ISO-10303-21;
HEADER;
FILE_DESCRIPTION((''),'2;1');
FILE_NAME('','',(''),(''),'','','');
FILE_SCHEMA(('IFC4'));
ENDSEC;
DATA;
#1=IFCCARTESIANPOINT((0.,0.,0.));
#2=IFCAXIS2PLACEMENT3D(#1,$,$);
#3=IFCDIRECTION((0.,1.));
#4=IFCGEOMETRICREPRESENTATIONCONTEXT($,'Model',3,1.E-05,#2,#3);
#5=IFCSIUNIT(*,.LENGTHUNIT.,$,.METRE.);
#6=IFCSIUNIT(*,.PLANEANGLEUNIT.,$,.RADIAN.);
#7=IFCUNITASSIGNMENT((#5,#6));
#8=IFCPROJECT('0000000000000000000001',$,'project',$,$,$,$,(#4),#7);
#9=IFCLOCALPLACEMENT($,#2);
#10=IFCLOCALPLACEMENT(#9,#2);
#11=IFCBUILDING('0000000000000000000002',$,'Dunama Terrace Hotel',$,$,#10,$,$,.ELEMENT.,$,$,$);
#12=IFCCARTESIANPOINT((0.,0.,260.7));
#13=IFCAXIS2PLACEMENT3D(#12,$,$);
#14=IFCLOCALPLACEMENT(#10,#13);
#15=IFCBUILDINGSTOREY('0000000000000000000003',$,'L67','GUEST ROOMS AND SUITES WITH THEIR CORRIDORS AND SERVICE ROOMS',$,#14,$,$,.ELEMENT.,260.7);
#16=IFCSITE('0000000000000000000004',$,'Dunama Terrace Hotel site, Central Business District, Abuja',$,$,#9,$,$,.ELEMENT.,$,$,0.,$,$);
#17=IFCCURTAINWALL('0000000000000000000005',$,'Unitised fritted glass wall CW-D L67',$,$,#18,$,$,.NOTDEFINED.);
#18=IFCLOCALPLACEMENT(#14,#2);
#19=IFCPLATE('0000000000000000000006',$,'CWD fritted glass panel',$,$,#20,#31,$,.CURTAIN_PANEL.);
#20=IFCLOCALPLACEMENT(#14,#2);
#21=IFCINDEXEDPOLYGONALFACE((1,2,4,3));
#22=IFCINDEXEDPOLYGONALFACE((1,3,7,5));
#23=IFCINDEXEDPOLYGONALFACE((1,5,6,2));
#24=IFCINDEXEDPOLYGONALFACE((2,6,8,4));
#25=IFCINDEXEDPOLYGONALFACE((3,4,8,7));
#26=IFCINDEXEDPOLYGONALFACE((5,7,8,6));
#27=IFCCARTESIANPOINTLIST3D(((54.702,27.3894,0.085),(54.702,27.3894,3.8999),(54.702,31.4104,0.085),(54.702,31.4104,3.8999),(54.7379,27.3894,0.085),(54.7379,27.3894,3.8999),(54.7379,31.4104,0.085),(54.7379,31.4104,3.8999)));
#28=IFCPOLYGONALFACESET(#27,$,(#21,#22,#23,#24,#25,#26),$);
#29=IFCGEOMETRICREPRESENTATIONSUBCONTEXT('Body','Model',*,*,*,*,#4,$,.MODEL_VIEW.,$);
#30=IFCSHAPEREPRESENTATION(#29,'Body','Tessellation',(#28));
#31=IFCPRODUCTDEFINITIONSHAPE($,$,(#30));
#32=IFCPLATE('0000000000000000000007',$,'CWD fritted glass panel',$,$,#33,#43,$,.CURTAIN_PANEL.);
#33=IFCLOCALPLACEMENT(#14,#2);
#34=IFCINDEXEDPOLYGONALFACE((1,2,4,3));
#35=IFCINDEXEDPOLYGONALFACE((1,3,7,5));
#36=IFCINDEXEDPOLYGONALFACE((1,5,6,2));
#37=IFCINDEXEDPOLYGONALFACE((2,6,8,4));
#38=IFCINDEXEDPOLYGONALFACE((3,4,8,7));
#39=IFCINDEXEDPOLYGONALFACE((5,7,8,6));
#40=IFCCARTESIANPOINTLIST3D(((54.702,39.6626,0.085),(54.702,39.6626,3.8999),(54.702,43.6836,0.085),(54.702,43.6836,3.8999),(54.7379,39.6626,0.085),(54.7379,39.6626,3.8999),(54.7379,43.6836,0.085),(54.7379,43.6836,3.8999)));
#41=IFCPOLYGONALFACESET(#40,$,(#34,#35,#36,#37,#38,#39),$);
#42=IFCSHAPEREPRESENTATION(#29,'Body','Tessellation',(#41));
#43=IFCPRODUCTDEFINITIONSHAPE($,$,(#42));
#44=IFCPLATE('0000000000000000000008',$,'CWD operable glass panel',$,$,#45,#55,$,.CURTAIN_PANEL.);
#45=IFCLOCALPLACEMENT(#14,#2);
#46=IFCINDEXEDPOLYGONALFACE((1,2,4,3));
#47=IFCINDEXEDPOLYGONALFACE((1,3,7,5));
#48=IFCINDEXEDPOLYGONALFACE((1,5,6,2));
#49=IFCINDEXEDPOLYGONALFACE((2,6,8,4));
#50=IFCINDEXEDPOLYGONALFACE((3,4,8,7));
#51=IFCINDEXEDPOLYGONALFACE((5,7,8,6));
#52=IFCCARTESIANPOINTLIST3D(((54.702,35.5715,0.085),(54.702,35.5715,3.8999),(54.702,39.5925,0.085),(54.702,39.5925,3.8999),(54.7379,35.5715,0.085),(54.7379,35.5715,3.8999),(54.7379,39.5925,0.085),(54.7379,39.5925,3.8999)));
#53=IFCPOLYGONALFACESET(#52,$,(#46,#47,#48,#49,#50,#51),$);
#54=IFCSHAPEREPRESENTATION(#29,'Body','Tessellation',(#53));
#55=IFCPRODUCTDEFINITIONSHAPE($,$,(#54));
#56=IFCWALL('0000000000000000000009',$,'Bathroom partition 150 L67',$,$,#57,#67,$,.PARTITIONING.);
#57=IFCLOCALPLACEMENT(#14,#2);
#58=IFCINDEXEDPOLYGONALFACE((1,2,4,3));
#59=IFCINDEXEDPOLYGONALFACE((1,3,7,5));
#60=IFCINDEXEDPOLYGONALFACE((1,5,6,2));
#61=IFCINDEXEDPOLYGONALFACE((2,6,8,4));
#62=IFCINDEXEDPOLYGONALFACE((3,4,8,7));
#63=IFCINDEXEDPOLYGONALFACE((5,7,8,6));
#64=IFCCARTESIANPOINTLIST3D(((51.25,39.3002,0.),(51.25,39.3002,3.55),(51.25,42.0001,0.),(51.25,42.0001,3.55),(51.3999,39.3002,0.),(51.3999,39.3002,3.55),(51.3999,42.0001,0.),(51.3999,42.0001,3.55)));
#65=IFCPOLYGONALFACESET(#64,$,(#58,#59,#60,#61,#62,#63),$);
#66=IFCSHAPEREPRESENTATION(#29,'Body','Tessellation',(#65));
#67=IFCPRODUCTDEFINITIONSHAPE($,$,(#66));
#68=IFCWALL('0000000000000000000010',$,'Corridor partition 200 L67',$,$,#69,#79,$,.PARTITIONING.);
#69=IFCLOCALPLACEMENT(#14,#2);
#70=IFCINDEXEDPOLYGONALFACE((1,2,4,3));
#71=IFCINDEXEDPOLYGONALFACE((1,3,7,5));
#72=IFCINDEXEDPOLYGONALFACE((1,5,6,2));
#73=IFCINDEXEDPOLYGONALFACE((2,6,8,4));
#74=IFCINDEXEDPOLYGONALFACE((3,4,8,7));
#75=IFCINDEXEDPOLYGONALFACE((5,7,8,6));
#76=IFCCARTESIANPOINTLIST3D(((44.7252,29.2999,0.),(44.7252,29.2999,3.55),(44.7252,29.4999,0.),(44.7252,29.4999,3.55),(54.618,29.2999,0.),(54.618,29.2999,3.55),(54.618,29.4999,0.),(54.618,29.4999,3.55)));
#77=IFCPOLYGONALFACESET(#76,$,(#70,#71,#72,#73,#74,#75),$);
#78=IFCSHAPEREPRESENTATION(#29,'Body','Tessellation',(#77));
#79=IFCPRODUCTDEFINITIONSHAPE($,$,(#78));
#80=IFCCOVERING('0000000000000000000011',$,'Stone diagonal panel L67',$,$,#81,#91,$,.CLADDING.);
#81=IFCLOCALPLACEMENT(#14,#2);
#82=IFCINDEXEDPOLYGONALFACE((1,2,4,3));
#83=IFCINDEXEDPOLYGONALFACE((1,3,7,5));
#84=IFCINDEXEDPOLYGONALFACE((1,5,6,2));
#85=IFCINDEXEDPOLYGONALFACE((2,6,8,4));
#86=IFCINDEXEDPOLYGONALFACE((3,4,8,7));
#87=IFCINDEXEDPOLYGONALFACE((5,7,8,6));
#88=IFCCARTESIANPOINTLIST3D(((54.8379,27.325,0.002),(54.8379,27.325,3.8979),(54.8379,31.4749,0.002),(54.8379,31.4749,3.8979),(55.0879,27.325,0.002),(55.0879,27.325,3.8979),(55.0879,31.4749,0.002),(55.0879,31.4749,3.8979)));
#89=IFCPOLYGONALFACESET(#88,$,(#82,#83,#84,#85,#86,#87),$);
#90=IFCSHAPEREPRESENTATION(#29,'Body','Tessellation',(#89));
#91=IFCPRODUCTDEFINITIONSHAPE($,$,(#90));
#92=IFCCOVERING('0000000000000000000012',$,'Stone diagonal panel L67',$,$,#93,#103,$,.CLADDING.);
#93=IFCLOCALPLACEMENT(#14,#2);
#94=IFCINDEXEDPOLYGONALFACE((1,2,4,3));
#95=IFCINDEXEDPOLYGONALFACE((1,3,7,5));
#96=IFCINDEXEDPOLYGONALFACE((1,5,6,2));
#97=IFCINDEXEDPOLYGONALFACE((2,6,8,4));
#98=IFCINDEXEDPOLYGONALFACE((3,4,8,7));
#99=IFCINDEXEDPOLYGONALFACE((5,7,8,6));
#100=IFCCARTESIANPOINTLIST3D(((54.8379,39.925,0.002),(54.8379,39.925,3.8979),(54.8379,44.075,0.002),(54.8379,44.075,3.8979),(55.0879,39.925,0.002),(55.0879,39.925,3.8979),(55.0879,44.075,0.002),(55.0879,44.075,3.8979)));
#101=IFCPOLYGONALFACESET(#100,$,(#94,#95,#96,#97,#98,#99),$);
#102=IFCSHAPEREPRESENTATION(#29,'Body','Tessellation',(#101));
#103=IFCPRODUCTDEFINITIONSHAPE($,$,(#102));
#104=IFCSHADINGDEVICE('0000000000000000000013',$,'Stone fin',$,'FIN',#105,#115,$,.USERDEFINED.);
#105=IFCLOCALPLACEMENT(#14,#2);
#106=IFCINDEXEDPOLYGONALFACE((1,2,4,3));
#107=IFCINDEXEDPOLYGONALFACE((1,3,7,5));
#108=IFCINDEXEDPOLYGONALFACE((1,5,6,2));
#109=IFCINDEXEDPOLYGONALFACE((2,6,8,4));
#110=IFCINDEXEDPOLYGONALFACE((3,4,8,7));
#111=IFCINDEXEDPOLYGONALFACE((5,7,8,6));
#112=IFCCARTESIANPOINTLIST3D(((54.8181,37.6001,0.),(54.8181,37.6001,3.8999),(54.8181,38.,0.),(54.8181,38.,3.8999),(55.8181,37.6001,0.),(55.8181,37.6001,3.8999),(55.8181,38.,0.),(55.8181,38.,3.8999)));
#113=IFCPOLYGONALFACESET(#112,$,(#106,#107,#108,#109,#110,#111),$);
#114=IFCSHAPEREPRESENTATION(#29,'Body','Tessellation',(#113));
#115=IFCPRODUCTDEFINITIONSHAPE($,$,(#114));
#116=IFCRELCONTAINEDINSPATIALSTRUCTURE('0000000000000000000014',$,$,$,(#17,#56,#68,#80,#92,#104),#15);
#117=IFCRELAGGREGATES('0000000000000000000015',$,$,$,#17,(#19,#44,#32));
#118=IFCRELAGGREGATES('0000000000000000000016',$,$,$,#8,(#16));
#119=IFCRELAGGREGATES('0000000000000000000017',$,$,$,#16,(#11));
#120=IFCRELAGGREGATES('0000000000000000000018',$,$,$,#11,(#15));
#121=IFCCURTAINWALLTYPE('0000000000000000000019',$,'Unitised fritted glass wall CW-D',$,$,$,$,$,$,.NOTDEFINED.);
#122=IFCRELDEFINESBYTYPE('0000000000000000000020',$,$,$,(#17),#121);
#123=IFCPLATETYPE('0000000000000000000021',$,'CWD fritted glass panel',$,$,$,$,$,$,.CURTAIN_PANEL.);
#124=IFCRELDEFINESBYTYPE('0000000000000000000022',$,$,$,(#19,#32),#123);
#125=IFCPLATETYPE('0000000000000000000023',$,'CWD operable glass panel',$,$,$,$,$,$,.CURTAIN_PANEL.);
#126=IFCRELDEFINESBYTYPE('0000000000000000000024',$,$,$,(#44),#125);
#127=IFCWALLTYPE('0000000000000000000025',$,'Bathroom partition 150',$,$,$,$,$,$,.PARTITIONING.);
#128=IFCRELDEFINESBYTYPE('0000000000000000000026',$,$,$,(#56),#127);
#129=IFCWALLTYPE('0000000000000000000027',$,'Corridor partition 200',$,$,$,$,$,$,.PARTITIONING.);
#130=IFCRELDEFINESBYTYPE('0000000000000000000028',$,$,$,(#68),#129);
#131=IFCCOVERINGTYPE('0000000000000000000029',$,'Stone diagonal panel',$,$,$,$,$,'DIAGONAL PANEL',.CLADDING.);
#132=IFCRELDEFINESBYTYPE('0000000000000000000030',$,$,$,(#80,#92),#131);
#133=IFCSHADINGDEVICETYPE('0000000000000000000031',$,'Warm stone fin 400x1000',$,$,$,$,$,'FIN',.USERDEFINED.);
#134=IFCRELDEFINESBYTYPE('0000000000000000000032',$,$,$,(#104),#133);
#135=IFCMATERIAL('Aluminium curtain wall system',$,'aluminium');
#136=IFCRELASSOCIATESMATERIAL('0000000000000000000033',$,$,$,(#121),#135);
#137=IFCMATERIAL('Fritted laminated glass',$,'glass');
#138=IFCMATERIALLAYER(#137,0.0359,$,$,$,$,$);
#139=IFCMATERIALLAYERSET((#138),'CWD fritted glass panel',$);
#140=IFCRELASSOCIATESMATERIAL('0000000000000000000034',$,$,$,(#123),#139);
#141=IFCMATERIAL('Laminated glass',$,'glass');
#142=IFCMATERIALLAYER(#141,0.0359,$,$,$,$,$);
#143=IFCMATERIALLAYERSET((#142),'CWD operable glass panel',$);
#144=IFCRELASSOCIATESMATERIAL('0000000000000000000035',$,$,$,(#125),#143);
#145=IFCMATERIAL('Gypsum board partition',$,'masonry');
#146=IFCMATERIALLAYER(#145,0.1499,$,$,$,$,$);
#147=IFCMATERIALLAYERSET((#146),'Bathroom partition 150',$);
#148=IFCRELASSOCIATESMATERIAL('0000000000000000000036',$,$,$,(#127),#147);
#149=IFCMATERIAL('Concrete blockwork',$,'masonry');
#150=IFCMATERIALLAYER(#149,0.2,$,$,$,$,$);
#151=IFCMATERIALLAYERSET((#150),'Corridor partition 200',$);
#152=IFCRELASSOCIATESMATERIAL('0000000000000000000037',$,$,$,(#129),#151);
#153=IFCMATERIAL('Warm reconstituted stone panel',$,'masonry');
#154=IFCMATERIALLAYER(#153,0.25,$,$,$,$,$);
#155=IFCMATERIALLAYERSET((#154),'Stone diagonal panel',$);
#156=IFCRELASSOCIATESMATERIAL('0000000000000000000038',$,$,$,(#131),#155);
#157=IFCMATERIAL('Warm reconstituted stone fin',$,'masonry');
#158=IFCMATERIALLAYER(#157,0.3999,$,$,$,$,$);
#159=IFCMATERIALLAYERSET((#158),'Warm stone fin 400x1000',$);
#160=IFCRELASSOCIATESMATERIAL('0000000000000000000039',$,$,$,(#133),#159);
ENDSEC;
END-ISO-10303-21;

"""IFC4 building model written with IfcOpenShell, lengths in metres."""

from ifc_helpers import new_model, si_unit, direction, frame, frame_2d, origin, origin_2d, place, context, subcontext, project, spatial, rectangle, extrude, material, layer, layer_set, type_object, element, aggregate, save


model = new_model("IFC4")

# Units and contexts
model_context = context("Model", 3, precision=1e-05, world=origin(), true_north=direction((0.0, 1.0)))
body_context = subcontext(model_context, "Body", "Model", "MODEL_VIEW")
ifc_project = project(units=[si_unit("LENGTHUNIT", "METRE"), si_unit("PLANEANGLEUNIT", "RADIAN")], contexts=[model_context])

# Site, building, storey
site_placement = place(None, origin())
site = spatial("IfcSite", under=ifc_project, at=site_placement, Name="Dunama Terrace Hotel site, Central Business District, Abuja", CompositionType="ELEMENT", RefElevation=0.0)
building_placement = place(site_placement, origin())
building = spatial("IfcBuilding", under=site, at=building_placement, Name="Dunama Terrace Hotel", CompositionType="ELEMENT")
storey_placement = place(building_placement, frame((0.0, 0.0, 260.7)))
storey = spatial("IfcBuildingStorey", under=building, at=storey_placement, Name="L67", Description="GUEST ROOMS AND SUITES WITH THEIR CORRIDORS AND SERVICE ROOMS", CompositionType="ELEMENT", Elevation=260.7)

# Curtain wall
ifc_material_1 = material(Name="Aluminium curtain wall system", Category="aluminium")
curtain_wall_type = type_object("IfcCurtainWallType", Name="Unitised fritted glass wall CW-D", PredefinedType="NOTDEFINED", material=ifc_material_1)
curtain_wall_placement = place(storey_placement, origin())
curtain_wall = element("IfcCurtainWall", 1, at=curtain_wall_placement, inside=storey, type_object=curtain_wall_type, Name="Unitised fritted glass wall CW-D L67", PredefinedType="NOTDEFINED")

# Plates
ifc_material_2 = material(Name="Fritted laminated glass", Category="glass")
ifc_layer_1 = layer(ifc_material_2, 0.0359)
ifc_layer_set_1 = layer_set([ifc_layer_1], Name="CWD fritted glass panel")
plate_type_1 = type_object("IfcPlateType", Name="CWD fritted glass panel", PredefinedType="CURTAIN_PANEL", material=ifc_layer_set_1)
plate_1_placement = place(storey_placement, frame((54.72, 29.3999, 0.085), z_axis=(0.0, 0.0, 1.0), x_axis=(0.0, 1.0, 0.0)))
plate_1 = element("IfcPlate", 2, at=plate_1_placement, type_object=plate_type_1, Name="CWD fritted glass panel", PredefinedType="CURTAIN_PANEL", context=body_context, shape_type="SweptSolid", body=[
    extrude(rectangle(XDim=4.021, YDim=0.0359, at=origin_2d()), origin(), (0.0, 0.0, 1.0), 3.8149),
])
plate_2_placement = place(storey_placement, frame((54.72, 41.6731, 0.085), z_axis=(0.0, 0.0, 1.0), x_axis=(0.0, 1.0, 0.0)))
plate_2 = element("IfcPlate", 3, at=plate_2_placement, type_object=plate_type_1, Name="CWD fritted glass panel", PredefinedType="CURTAIN_PANEL", context=body_context, shape_type="SweptSolid", body=[
    extrude(rectangle(XDim=4.021, YDim=0.0359, at=origin_2d()), origin(), (0.0, 0.0, 1.0), 3.8149),
])
ifc_material_3 = material(Name="Laminated glass", Category="glass")
ifc_layer_2 = layer(ifc_material_3, 0.0359)
ifc_layer_set_2 = layer_set([ifc_layer_2], Name="CWD operable glass panel")
plate_type_2 = type_object("IfcPlateType", Name="CWD operable glass panel", PredefinedType="CURTAIN_PANEL", material=ifc_layer_set_2)
plate_3_placement = place(storey_placement, frame((54.72, 37.582, 0.085), z_axis=(0.0, 0.0, 1.0), x_axis=(0.0, 1.0, 0.0)))
plate_3 = element("IfcPlate", 4, at=plate_3_placement, type_object=plate_type_2, Name="CWD operable glass panel", PredefinedType="CURTAIN_PANEL", context=body_context, shape_type="SweptSolid", body=[
    extrude(rectangle(XDim=4.021, YDim=0.0359, at=origin_2d()), origin(), (0.0, 0.0, 1.0), 3.8149),
])
aggregate(curtain_wall, [plate_1, plate_3, plate_2])

# Walls
ifc_material_4 = material(Name="Gypsum board partition", Category="masonry")
ifc_layer_3 = layer(ifc_material_4, 0.1499)
ifc_layer_set_3 = layer_set([ifc_layer_3], Name="Bathroom partition 150")
wall_type_1 = type_object("IfcWallType", Name="Bathroom partition 150", PredefinedType="PARTITIONING", material=ifc_layer_set_3)
wall_1_placement = place(storey_placement, frame((51.325, 39.3, 0.0), z_axis=(0.0, 0.0, 1.0), x_axis=(0.0, 1.0, 0.0)))
element("IfcWall", 5, at=wall_1_placement, inside=storey, type_object=wall_type_1, Name="Bathroom partition 150 L67", PredefinedType="PARTITIONING", context=body_context, shape_type="SweptSolid", body=[
    extrude(rectangle(XDim=2.7, YDim=0.1499, at=frame_2d((1.3501, 0.0))), origin(), (0.0, 0.0, 1.0), 3.55),
])
ifc_material_5 = material(Name="Concrete blockwork", Category="masonry")
ifc_layer_4 = layer(ifc_material_5, 0.2)
ifc_layer_set_4 = layer_set([ifc_layer_4], Name="Corridor partition 200")
wall_type_2 = type_object("IfcWallType", Name="Corridor partition 200", PredefinedType="PARTITIONING", material=ifc_layer_set_4)
wall_2_placement = place(storey_placement, frame((54.6179, 29.3999, 0.0), z_axis=(0.0, 0.0, 1.0), x_axis=(-1.0, 0.0, 0.0)))
element("IfcWall", 6, at=wall_2_placement, inside=storey, type_object=wall_type_2, Name="Corridor partition 200 L67", PredefinedType="PARTITIONING", context=body_context, shape_type="SweptSolid", body=[
    extrude(rectangle(XDim=9.8928, YDim=0.2, at=frame_2d((4.9463, 0.0))), origin(), (0.0, 0.0, 1.0), 3.55),
])

# Coverings
ifc_material_6 = material(Name="Warm reconstituted stone panel", Category="masonry")
ifc_layer_5 = layer(ifc_material_6, 0.25)
ifc_layer_set_5 = layer_set([ifc_layer_5], Name="Stone diagonal panel")
covering_type = type_object("IfcCoveringType", Name="Stone diagonal panel", ElementType="DIAGONAL PANEL", PredefinedType="CLADDING", material=ifc_layer_set_5)
for number, where, z_axis, x_axis, name in (
    (7, (54.9629, 29.3999, 0.002), (0.0, 0.0, 1.0), (0.0, 1.0, 0.0), "Stone diagonal panel L67"),
    (8, (54.9629, 42.0, 0.002), (0.0, 0.0, 1.0), (0.0, 1.0, 0.0), "Stone diagonal panel L67"),
):
    element("IfcCovering", number, at=place(storey_placement, frame(where, z_axis=z_axis, x_axis=x_axis)), inside=storey, type_object=covering_type, Name=name, PredefinedType="CLADDING", context=body_context, shape_type="SweptSolid", body=[
        extrude(rectangle(XDim=4.1499, YDim=0.25, at=origin_2d()), origin(), (0.0, 0.0, 1.0), 3.896),
    ])

# Shading device
ifc_material_7 = material(Name="Warm reconstituted stone fin", Category="masonry")
ifc_layer_6 = layer(ifc_material_7, 0.3999)
ifc_layer_set_6 = layer_set([ifc_layer_6], Name="Warm stone fin 400x1000")
shading_device_type = type_object("IfcShadingDeviceType", Name="Warm stone fin 400x1000", ElementType="FIN", PredefinedType="USERDEFINED", material=ifc_layer_set_6)
shading_device_placement = place(storey_placement, frame((55.3181, 37.8, 0.0), z_axis=(0.0, 0.0, 1.0), x_axis=(0.0, 1.0, 0.0)))
element("IfcShadingDevice", 9, at=shading_device_placement, inside=storey, type_object=shading_device_type, Name="Stone fin", ObjectType="FIN", PredefinedType="USERDEFINED", context=body_context, shape_type="SweptSolid", body=[
    extrude(rectangle(XDim=0.3999, YDim=1.0, at=origin_2d()), origin(), (0.0, 0.0, 1.0), 3.8999),
])

save(model, "model.ifc")
